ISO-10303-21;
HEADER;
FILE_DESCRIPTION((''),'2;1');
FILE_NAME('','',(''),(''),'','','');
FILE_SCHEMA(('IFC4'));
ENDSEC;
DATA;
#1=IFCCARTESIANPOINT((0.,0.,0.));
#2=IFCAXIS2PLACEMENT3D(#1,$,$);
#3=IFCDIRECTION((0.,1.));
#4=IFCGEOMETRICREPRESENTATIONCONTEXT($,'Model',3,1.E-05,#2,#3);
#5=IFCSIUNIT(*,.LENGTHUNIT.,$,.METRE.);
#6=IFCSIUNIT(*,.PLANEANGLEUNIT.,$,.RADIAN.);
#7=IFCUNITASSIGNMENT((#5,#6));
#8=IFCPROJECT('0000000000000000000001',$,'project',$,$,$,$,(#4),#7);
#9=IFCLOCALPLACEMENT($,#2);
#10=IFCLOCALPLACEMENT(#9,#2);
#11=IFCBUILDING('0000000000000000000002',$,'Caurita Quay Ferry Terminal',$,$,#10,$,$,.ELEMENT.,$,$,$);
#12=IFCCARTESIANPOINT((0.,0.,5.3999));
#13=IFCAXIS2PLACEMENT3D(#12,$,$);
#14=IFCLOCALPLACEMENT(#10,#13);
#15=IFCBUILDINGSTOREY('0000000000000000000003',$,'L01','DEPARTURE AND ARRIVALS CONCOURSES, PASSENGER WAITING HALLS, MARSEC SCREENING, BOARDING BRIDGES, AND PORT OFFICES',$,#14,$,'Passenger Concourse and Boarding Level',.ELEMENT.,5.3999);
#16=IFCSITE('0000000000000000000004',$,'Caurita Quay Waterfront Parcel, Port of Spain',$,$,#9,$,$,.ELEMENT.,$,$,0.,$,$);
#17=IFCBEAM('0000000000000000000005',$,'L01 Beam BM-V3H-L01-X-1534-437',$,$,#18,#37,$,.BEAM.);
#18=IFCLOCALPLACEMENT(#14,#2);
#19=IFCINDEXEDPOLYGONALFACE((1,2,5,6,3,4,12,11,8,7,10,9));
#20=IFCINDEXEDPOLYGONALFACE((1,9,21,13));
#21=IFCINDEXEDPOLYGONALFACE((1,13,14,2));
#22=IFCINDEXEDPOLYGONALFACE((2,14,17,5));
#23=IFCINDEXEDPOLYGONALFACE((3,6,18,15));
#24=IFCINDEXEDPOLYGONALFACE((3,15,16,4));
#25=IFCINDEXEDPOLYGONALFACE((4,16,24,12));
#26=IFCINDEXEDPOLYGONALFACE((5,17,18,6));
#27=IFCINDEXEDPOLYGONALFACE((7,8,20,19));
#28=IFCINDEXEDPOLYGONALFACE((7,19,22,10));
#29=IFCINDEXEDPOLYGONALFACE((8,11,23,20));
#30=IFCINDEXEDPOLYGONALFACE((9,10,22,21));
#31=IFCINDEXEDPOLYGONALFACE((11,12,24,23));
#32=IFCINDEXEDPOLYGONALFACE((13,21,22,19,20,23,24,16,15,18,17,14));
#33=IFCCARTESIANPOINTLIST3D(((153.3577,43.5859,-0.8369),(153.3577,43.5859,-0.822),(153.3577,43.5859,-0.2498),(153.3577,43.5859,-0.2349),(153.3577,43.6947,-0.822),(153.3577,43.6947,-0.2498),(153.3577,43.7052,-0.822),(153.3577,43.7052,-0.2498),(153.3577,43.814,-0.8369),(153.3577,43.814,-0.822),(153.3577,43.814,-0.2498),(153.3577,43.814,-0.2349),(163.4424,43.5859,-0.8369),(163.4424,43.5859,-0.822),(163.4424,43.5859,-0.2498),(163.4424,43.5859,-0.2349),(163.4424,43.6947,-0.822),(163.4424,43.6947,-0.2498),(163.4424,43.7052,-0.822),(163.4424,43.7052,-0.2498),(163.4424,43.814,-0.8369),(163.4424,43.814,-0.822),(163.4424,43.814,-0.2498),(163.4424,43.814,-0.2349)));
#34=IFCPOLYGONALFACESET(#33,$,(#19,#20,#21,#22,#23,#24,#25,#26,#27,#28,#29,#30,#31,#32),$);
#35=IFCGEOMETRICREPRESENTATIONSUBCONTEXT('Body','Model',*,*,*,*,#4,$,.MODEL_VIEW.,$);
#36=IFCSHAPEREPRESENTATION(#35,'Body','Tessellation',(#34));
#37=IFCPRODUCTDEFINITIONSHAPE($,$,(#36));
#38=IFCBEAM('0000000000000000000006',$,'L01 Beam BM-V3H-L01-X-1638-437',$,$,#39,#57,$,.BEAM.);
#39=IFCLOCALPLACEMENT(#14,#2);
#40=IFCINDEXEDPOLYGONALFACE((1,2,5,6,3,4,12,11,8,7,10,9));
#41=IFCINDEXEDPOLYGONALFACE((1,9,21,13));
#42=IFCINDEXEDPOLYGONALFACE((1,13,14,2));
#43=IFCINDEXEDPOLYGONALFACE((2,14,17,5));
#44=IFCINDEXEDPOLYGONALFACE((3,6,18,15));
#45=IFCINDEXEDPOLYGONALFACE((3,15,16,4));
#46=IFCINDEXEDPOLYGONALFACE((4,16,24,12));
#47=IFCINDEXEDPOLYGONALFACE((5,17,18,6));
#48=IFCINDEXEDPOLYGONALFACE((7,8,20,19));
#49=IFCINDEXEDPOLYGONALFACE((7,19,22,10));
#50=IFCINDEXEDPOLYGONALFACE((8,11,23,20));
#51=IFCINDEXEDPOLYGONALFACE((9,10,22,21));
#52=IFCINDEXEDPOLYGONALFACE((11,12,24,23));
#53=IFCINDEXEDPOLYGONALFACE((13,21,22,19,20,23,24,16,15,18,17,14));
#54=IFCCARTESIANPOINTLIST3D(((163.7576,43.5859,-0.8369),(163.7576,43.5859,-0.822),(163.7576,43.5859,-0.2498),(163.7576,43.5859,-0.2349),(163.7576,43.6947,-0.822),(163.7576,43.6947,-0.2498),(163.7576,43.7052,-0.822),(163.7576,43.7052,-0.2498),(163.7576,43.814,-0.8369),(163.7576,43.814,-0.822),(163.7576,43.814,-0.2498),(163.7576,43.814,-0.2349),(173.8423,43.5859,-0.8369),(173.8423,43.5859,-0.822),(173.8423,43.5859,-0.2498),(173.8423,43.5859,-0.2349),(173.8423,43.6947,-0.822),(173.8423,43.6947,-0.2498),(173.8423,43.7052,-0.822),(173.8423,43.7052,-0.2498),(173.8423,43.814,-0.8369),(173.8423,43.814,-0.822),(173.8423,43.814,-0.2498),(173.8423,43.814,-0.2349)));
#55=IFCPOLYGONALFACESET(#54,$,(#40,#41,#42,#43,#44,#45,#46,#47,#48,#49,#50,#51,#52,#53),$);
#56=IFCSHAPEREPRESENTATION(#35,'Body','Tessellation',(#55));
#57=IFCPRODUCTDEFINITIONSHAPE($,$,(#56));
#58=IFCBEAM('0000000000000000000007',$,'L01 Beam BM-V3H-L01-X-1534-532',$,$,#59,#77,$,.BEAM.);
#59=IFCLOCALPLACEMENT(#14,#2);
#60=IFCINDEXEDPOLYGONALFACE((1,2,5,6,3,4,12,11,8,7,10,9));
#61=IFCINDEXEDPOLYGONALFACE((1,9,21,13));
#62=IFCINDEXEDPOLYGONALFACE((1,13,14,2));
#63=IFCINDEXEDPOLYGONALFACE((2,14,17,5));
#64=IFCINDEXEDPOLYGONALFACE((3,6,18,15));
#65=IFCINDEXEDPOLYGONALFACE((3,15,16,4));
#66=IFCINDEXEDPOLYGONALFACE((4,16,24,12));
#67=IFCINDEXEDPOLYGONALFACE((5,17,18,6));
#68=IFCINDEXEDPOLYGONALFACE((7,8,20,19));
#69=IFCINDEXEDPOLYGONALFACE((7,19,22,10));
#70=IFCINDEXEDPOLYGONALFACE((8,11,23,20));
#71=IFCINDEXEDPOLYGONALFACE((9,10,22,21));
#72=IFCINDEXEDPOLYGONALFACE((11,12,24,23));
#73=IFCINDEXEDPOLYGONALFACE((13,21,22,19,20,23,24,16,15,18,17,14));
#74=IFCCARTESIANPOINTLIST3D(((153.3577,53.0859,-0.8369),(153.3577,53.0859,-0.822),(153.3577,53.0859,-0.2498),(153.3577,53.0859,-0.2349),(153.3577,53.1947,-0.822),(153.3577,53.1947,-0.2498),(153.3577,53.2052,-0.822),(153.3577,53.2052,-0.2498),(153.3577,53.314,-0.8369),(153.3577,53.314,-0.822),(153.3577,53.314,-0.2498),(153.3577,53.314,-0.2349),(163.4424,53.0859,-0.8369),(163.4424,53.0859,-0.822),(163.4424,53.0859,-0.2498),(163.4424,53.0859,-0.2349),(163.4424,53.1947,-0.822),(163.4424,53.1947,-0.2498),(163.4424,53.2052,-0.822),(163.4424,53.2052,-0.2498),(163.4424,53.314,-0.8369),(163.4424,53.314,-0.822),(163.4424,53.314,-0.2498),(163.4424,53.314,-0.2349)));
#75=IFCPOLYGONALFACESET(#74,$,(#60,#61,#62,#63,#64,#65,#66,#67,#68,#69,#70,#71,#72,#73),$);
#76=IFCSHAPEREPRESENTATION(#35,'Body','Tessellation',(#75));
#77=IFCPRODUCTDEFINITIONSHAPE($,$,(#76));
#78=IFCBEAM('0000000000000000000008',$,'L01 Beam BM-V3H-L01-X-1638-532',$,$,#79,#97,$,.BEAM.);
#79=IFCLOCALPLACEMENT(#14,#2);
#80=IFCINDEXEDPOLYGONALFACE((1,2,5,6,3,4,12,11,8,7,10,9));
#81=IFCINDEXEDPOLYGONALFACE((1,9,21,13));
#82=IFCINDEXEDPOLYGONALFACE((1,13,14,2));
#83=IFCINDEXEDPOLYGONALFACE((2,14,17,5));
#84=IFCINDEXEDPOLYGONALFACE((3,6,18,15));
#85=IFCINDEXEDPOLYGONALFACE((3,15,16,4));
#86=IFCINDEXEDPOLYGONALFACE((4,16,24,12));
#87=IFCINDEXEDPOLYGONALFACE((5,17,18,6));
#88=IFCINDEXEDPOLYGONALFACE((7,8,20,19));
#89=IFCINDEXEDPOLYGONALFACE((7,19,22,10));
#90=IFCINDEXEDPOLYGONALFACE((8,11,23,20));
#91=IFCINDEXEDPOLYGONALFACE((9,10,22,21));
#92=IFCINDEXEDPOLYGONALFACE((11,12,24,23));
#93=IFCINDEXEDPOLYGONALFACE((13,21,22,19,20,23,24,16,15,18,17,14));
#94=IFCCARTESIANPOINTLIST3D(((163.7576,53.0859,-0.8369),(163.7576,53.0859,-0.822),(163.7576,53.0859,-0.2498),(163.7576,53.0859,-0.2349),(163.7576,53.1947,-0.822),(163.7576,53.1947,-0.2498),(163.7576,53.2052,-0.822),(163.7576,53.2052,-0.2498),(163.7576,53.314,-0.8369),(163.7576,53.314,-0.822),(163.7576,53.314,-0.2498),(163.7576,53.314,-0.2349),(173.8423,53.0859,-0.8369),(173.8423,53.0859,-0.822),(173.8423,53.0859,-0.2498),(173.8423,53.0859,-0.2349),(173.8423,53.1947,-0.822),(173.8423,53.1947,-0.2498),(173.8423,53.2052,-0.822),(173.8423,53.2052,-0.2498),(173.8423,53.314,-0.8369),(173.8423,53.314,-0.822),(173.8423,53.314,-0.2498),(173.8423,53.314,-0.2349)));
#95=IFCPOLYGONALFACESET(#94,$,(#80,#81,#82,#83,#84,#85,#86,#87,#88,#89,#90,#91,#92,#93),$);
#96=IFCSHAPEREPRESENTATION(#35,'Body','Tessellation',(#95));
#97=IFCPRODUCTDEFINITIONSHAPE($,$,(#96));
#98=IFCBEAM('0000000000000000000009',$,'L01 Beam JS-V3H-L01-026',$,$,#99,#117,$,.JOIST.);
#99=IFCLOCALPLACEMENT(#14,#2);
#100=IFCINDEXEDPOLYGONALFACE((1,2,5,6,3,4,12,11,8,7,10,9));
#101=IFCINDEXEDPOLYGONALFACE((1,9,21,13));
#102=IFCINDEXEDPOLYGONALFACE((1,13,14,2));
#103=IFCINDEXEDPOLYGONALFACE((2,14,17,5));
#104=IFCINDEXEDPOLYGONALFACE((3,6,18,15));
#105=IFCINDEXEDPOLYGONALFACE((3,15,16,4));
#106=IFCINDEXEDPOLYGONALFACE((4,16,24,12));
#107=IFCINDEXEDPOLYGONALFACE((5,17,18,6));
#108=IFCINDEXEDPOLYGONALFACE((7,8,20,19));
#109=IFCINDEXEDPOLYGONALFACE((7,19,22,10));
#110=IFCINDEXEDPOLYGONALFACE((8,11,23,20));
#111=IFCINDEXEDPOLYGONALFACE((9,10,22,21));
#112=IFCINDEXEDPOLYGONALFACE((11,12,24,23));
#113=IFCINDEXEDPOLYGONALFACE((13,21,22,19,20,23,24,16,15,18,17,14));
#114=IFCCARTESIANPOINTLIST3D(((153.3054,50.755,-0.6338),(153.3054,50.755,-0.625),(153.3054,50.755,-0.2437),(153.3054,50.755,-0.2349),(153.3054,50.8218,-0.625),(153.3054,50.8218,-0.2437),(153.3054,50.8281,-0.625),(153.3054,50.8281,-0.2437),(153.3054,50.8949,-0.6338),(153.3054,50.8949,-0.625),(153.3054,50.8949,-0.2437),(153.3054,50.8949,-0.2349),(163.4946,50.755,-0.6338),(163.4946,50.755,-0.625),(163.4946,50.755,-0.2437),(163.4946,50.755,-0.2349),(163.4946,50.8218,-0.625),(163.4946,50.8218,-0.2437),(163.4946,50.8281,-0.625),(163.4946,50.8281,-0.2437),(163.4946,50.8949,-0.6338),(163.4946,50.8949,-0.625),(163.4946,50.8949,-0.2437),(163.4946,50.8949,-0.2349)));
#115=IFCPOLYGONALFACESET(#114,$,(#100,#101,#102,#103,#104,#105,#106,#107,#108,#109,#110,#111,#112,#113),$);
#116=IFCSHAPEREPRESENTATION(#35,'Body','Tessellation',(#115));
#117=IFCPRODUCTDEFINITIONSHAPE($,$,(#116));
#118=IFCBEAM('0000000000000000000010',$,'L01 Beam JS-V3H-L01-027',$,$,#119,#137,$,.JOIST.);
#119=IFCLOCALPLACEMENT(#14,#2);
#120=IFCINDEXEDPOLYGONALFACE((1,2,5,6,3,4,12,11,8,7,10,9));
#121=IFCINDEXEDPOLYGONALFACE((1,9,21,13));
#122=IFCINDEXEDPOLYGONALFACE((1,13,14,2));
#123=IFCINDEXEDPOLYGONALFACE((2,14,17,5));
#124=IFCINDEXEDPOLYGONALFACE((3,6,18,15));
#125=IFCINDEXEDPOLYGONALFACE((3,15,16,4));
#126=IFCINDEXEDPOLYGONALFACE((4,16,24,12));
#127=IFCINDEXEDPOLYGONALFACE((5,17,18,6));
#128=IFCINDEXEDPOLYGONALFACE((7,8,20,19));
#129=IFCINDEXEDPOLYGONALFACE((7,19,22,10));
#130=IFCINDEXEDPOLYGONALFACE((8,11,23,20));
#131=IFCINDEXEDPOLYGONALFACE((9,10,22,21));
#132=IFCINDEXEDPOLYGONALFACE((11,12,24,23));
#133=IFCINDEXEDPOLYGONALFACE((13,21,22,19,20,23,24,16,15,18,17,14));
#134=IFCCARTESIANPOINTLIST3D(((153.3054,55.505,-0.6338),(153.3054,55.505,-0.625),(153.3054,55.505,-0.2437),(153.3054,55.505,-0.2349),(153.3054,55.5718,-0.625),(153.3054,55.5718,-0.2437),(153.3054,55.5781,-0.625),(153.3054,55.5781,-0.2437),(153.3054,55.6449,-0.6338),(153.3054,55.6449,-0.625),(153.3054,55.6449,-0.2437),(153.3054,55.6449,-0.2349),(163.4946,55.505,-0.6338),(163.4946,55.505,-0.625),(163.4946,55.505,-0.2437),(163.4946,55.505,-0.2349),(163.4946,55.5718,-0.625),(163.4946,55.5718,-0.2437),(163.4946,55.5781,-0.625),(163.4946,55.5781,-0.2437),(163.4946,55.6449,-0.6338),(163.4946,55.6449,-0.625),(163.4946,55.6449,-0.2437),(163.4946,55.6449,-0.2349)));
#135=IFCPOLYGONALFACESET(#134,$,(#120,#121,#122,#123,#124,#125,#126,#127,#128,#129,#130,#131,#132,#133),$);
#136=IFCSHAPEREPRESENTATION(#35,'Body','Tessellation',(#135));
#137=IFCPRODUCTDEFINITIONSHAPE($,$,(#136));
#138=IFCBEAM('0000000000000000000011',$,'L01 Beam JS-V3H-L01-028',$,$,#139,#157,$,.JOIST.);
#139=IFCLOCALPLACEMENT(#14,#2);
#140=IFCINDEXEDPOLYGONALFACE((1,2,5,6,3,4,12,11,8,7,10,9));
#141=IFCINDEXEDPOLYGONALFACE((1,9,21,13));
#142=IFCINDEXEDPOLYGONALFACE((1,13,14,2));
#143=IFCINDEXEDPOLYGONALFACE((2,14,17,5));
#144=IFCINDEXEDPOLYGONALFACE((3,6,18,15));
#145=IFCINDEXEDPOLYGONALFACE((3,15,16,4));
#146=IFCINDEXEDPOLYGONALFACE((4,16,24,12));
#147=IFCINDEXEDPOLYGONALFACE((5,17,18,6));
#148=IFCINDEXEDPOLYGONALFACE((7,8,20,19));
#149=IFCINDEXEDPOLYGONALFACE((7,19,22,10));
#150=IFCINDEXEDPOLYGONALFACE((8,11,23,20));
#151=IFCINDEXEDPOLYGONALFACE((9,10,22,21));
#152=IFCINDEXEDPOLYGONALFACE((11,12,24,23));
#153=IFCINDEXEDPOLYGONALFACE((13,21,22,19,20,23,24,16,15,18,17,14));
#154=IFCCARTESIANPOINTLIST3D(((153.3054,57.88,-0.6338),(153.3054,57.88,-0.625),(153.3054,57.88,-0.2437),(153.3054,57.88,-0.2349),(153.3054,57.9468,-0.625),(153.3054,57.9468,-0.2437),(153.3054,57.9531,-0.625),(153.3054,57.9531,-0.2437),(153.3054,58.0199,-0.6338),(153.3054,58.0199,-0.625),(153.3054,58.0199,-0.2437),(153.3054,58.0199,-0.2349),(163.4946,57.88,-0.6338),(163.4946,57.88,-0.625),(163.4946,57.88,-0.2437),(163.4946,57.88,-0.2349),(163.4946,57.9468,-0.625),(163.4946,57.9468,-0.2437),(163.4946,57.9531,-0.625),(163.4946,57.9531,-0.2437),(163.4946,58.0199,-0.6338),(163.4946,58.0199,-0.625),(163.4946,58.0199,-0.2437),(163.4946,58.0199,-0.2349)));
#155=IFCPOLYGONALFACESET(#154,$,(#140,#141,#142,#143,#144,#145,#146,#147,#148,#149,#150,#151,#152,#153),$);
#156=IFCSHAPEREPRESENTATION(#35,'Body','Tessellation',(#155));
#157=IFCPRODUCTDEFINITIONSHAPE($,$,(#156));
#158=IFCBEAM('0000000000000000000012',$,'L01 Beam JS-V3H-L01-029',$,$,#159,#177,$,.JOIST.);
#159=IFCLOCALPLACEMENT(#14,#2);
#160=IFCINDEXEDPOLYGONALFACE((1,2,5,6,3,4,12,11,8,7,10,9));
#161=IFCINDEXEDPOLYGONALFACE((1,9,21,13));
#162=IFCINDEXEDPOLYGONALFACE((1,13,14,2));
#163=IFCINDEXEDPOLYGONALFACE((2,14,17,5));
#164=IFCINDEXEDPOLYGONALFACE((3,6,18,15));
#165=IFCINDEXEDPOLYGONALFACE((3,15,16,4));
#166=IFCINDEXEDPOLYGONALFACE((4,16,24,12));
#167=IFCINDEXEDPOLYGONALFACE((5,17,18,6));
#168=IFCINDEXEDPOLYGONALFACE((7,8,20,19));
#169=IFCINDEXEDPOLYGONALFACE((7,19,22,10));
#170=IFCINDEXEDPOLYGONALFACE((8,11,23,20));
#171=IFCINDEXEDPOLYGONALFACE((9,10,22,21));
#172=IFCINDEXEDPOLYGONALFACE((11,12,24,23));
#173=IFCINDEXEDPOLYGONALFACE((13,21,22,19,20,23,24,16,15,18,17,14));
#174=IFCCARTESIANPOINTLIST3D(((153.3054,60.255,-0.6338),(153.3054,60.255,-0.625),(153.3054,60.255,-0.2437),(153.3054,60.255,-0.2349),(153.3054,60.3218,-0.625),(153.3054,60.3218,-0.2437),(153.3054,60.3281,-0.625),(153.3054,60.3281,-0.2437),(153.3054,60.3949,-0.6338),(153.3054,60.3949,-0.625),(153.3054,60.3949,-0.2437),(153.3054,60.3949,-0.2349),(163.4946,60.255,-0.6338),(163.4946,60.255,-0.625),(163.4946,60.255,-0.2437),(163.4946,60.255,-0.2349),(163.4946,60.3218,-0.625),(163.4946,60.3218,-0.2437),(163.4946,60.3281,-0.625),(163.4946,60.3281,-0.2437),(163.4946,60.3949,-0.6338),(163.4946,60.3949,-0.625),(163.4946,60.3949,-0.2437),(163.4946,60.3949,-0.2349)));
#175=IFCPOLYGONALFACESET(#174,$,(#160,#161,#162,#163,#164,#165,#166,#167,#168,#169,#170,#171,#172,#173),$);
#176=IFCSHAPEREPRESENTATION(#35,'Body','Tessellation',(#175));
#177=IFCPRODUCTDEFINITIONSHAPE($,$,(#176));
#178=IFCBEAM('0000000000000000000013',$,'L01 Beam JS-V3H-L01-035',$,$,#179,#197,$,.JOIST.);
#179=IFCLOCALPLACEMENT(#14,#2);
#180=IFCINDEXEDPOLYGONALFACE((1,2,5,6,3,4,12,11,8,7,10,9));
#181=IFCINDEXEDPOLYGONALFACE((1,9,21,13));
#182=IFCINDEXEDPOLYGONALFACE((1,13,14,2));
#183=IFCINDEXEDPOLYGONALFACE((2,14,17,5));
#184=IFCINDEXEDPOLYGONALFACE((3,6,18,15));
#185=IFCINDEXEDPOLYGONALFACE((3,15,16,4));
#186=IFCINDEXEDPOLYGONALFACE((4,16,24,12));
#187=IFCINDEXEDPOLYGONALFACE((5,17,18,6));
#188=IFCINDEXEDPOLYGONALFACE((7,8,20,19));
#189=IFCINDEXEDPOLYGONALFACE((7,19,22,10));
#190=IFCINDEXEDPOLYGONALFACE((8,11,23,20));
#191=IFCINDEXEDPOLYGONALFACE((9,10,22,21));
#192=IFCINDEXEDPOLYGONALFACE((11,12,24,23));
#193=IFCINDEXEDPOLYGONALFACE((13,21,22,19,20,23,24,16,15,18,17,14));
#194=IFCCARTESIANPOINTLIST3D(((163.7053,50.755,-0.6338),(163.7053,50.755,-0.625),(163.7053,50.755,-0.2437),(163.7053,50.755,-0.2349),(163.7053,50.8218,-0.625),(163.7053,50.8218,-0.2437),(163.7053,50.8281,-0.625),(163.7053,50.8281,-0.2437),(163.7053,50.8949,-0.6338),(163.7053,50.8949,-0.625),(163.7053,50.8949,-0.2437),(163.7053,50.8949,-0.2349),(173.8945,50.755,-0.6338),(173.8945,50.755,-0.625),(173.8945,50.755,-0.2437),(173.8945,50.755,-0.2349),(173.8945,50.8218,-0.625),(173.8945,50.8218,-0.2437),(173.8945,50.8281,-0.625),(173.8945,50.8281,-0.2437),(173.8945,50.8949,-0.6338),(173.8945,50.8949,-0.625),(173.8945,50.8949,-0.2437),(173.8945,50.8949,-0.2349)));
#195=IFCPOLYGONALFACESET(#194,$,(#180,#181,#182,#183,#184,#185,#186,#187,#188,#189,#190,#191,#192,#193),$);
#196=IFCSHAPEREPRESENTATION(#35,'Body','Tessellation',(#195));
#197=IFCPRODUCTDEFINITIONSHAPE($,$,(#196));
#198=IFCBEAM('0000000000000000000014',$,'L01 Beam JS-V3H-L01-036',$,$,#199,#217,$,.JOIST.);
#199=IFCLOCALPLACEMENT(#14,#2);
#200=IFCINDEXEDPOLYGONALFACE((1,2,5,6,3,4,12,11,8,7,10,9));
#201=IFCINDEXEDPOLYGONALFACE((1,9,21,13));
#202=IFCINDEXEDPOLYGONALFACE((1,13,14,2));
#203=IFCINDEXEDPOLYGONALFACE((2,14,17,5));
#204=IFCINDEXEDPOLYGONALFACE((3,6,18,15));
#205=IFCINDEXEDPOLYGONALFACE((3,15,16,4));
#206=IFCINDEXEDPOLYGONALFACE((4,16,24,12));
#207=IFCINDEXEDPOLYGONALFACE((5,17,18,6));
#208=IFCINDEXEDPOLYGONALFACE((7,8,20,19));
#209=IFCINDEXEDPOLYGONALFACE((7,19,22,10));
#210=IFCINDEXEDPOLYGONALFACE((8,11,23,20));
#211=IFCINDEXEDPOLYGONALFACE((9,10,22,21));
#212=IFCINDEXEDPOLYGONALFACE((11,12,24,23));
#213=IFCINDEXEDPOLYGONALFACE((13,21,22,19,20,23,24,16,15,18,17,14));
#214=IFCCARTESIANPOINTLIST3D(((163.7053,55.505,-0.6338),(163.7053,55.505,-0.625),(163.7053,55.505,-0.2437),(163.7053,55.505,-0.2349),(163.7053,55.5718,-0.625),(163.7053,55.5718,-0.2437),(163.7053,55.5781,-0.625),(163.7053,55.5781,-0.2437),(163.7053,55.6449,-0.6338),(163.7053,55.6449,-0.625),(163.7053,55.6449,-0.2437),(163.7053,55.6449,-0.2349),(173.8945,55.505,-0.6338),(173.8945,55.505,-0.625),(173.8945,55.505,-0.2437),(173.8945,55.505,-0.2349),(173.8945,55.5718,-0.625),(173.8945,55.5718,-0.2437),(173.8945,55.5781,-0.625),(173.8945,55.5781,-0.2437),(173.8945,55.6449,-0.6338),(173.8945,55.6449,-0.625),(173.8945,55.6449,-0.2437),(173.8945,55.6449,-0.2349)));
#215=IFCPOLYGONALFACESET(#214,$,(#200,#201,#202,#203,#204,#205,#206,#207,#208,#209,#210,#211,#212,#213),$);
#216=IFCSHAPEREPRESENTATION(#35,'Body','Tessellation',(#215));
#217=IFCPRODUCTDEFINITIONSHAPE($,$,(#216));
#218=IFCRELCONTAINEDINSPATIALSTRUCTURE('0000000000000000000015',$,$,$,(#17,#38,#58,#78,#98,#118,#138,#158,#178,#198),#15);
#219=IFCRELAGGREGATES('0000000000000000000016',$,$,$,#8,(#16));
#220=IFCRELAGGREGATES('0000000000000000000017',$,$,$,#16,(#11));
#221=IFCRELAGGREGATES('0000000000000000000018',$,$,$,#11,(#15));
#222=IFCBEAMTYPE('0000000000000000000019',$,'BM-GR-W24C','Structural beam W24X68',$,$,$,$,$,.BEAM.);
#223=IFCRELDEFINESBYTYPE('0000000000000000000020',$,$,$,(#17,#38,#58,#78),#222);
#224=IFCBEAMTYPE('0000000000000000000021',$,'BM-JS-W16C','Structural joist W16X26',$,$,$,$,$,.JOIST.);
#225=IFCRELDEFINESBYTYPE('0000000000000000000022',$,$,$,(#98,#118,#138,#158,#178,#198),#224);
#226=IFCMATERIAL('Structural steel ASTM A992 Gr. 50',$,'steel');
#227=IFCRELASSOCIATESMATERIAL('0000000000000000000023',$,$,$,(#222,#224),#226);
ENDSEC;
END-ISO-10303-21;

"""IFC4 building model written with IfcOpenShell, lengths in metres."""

from ifc_helpers import new_model, si_unit, direction, frame, origin, origin_2d, place, context, subcontext, project, spatial, i_section, extrude, material, material_profile, profile_set, type_object, element, save


model = new_model("IFC4")

# Units and contexts
model_context = context("Model", 3, precision=1e-05, world=origin(), true_north=direction((0.0, 1.0)))
body_context = subcontext(model_context, "Body", "Model", "MODEL_VIEW")
ifc_project = project(units=[si_unit("LENGTHUNIT", "METRE"), si_unit("PLANEANGLEUNIT", "RADIAN")], contexts=[model_context])

# Site, building, storey
site_placement = place(None, origin())
site = spatial("IfcSite", under=ifc_project, at=site_placement, Name="Caurita Quay Waterfront Parcel, Port of Spain", CompositionType="ELEMENT", RefElevation=0.0)
building_placement = place(site_placement, origin())
building = spatial("IfcBuilding", under=site, at=building_placement, Name="Caurita Quay Ferry Terminal", CompositionType="ELEMENT")
storey_placement = place(building_placement, frame((0.0, 0.0, 5.3999)))
storey = spatial("IfcBuildingStorey", under=building, at=storey_placement, Name="L01", Description="DEPARTURE AND ARRIVALS CONCOURSES, PASSENGER WAITING HALLS, MARSEC SCREENING, BOARDING BRIDGES, AND PORT OFFICES", LongName="Passenger Concourse and Boarding Level", CompositionType="ELEMENT", Elevation=5.3999)

# Shared definitions
ifc_material_1 = material(Name="Structural steel ASTM A992 Gr. 50", Category="steel")

# Beams
ifc_material_profile_1 = material_profile(ifc_material_1, i_section(OverallWidth=0.228, OverallDepth=0.6021, WebThickness=0.0105, FlangeThickness=0.0149, at=origin_2d()), Name="W24X68")
ifc_profile_set_1 = profile_set([ifc_material_profile_1], Name="Structural steel ASTM A992 Gr. 50")
beam_type_1 = type_object("IfcBeamType", Name="BM-GR-W24C", Description="Structural beam W24X68", PredefinedType="BEAM", material=ifc_profile_set_1)
for number, where, z_axis, x_axis, name in (
    (1, (153.3577, 43.7, -0.5359), (1.0, 0.0, 0.0), (0.0, 1.0, 0.0), "L01 Beam BM-V3H-L01-X-1534-437"),
    (2, (163.7576, 43.7, -0.5359), (1.0, 0.0, 0.0), (0.0, 1.0, 0.0), "L01 Beam BM-V3H-L01-X-1638-437"),
    (3, (153.3577, 53.2, -0.5359), (1.0, 0.0, 0.0), (0.0, 1.0, 0.0), "L01 Beam BM-V3H-L01-X-1534-532"),
    (4, (163.7576, 53.2, -0.5359), (1.0, 0.0, 0.0), (0.0, 1.0, 0.0), "L01 Beam BM-V3H-L01-X-1638-532"),
):
    element("IfcBeam", number, at=place(storey_placement, frame(where, z_axis=z_axis, x_axis=x_axis)), inside=storey, type_object=beam_type_1, Name=name, PredefinedType="BEAM", context=body_context, shape_type="SweptSolid", body=[
        extrude(i_section(OverallWidth=0.228, OverallDepth=0.6021, WebThickness=0.0105, FlangeThickness=0.0149, at=origin_2d()), origin(), (0.0, 0.0, 1.0), 10.0847),
    ])
ifc_material_profile_2 = material_profile(ifc_material_1, i_section(OverallWidth=0.1399, OverallDepth=0.3989, WebThickness=0.0063, FlangeThickness=0.0088, at=origin_2d()), Name="W16X26")
ifc_profile_set_2 = profile_set([ifc_material_profile_2], Name="Structural steel ASTM A992 Gr. 50")
beam_type_2 = type_object("IfcBeamType", Name="BM-JS-W16C", Description="Structural joist W16X26", PredefinedType="JOIST", material=ifc_profile_set_2)
for number, where, z_axis, x_axis, name in (
    (5, (153.3054, 50.825, -0.4343), (1.0, 0.0, 0.0), (0.0, 1.0, 0.0), "L01 Beam JS-V3H-L01-026"),
    (6, (153.3054, 55.575, -0.4343), (1.0, 0.0, 0.0), (0.0, 1.0, 0.0), "L01 Beam JS-V3H-L01-027"),
    (7, (153.3054, 57.95, -0.4343), (1.0, 0.0, 0.0), (0.0, 1.0, 0.0), "L01 Beam JS-V3H-L01-028"),
    (8, (153.3054, 60.325, -0.4343), (1.0, 0.0, 0.0), (0.0, 1.0, 0.0), "L01 Beam JS-V3H-L01-029"),
    (9, (163.7053, 50.825, -0.4343), (1.0, 0.0, 0.0), (0.0, 1.0, 0.0), "L01 Beam JS-V3H-L01-035"),
    (10, (163.7053, 55.575, -0.4343), (1.0, 0.0, 0.0), (0.0, 1.0, 0.0), "L01 Beam JS-V3H-L01-036"),
):
    element("IfcBeam", number, at=place(storey_placement, frame(where, z_axis=z_axis, x_axis=x_axis)), inside=storey, type_object=beam_type_2, Name=name, PredefinedType="JOIST", context=body_context, shape_type="SweptSolid", body=[
        extrude(i_section(OverallWidth=0.1399, OverallDepth=0.3989, WebThickness=0.0063, FlangeThickness=0.0088, at=origin_2d()), origin(), (0.0, 0.0, 1.0), 10.1892),
    ])

save(model, "model.ifc")
